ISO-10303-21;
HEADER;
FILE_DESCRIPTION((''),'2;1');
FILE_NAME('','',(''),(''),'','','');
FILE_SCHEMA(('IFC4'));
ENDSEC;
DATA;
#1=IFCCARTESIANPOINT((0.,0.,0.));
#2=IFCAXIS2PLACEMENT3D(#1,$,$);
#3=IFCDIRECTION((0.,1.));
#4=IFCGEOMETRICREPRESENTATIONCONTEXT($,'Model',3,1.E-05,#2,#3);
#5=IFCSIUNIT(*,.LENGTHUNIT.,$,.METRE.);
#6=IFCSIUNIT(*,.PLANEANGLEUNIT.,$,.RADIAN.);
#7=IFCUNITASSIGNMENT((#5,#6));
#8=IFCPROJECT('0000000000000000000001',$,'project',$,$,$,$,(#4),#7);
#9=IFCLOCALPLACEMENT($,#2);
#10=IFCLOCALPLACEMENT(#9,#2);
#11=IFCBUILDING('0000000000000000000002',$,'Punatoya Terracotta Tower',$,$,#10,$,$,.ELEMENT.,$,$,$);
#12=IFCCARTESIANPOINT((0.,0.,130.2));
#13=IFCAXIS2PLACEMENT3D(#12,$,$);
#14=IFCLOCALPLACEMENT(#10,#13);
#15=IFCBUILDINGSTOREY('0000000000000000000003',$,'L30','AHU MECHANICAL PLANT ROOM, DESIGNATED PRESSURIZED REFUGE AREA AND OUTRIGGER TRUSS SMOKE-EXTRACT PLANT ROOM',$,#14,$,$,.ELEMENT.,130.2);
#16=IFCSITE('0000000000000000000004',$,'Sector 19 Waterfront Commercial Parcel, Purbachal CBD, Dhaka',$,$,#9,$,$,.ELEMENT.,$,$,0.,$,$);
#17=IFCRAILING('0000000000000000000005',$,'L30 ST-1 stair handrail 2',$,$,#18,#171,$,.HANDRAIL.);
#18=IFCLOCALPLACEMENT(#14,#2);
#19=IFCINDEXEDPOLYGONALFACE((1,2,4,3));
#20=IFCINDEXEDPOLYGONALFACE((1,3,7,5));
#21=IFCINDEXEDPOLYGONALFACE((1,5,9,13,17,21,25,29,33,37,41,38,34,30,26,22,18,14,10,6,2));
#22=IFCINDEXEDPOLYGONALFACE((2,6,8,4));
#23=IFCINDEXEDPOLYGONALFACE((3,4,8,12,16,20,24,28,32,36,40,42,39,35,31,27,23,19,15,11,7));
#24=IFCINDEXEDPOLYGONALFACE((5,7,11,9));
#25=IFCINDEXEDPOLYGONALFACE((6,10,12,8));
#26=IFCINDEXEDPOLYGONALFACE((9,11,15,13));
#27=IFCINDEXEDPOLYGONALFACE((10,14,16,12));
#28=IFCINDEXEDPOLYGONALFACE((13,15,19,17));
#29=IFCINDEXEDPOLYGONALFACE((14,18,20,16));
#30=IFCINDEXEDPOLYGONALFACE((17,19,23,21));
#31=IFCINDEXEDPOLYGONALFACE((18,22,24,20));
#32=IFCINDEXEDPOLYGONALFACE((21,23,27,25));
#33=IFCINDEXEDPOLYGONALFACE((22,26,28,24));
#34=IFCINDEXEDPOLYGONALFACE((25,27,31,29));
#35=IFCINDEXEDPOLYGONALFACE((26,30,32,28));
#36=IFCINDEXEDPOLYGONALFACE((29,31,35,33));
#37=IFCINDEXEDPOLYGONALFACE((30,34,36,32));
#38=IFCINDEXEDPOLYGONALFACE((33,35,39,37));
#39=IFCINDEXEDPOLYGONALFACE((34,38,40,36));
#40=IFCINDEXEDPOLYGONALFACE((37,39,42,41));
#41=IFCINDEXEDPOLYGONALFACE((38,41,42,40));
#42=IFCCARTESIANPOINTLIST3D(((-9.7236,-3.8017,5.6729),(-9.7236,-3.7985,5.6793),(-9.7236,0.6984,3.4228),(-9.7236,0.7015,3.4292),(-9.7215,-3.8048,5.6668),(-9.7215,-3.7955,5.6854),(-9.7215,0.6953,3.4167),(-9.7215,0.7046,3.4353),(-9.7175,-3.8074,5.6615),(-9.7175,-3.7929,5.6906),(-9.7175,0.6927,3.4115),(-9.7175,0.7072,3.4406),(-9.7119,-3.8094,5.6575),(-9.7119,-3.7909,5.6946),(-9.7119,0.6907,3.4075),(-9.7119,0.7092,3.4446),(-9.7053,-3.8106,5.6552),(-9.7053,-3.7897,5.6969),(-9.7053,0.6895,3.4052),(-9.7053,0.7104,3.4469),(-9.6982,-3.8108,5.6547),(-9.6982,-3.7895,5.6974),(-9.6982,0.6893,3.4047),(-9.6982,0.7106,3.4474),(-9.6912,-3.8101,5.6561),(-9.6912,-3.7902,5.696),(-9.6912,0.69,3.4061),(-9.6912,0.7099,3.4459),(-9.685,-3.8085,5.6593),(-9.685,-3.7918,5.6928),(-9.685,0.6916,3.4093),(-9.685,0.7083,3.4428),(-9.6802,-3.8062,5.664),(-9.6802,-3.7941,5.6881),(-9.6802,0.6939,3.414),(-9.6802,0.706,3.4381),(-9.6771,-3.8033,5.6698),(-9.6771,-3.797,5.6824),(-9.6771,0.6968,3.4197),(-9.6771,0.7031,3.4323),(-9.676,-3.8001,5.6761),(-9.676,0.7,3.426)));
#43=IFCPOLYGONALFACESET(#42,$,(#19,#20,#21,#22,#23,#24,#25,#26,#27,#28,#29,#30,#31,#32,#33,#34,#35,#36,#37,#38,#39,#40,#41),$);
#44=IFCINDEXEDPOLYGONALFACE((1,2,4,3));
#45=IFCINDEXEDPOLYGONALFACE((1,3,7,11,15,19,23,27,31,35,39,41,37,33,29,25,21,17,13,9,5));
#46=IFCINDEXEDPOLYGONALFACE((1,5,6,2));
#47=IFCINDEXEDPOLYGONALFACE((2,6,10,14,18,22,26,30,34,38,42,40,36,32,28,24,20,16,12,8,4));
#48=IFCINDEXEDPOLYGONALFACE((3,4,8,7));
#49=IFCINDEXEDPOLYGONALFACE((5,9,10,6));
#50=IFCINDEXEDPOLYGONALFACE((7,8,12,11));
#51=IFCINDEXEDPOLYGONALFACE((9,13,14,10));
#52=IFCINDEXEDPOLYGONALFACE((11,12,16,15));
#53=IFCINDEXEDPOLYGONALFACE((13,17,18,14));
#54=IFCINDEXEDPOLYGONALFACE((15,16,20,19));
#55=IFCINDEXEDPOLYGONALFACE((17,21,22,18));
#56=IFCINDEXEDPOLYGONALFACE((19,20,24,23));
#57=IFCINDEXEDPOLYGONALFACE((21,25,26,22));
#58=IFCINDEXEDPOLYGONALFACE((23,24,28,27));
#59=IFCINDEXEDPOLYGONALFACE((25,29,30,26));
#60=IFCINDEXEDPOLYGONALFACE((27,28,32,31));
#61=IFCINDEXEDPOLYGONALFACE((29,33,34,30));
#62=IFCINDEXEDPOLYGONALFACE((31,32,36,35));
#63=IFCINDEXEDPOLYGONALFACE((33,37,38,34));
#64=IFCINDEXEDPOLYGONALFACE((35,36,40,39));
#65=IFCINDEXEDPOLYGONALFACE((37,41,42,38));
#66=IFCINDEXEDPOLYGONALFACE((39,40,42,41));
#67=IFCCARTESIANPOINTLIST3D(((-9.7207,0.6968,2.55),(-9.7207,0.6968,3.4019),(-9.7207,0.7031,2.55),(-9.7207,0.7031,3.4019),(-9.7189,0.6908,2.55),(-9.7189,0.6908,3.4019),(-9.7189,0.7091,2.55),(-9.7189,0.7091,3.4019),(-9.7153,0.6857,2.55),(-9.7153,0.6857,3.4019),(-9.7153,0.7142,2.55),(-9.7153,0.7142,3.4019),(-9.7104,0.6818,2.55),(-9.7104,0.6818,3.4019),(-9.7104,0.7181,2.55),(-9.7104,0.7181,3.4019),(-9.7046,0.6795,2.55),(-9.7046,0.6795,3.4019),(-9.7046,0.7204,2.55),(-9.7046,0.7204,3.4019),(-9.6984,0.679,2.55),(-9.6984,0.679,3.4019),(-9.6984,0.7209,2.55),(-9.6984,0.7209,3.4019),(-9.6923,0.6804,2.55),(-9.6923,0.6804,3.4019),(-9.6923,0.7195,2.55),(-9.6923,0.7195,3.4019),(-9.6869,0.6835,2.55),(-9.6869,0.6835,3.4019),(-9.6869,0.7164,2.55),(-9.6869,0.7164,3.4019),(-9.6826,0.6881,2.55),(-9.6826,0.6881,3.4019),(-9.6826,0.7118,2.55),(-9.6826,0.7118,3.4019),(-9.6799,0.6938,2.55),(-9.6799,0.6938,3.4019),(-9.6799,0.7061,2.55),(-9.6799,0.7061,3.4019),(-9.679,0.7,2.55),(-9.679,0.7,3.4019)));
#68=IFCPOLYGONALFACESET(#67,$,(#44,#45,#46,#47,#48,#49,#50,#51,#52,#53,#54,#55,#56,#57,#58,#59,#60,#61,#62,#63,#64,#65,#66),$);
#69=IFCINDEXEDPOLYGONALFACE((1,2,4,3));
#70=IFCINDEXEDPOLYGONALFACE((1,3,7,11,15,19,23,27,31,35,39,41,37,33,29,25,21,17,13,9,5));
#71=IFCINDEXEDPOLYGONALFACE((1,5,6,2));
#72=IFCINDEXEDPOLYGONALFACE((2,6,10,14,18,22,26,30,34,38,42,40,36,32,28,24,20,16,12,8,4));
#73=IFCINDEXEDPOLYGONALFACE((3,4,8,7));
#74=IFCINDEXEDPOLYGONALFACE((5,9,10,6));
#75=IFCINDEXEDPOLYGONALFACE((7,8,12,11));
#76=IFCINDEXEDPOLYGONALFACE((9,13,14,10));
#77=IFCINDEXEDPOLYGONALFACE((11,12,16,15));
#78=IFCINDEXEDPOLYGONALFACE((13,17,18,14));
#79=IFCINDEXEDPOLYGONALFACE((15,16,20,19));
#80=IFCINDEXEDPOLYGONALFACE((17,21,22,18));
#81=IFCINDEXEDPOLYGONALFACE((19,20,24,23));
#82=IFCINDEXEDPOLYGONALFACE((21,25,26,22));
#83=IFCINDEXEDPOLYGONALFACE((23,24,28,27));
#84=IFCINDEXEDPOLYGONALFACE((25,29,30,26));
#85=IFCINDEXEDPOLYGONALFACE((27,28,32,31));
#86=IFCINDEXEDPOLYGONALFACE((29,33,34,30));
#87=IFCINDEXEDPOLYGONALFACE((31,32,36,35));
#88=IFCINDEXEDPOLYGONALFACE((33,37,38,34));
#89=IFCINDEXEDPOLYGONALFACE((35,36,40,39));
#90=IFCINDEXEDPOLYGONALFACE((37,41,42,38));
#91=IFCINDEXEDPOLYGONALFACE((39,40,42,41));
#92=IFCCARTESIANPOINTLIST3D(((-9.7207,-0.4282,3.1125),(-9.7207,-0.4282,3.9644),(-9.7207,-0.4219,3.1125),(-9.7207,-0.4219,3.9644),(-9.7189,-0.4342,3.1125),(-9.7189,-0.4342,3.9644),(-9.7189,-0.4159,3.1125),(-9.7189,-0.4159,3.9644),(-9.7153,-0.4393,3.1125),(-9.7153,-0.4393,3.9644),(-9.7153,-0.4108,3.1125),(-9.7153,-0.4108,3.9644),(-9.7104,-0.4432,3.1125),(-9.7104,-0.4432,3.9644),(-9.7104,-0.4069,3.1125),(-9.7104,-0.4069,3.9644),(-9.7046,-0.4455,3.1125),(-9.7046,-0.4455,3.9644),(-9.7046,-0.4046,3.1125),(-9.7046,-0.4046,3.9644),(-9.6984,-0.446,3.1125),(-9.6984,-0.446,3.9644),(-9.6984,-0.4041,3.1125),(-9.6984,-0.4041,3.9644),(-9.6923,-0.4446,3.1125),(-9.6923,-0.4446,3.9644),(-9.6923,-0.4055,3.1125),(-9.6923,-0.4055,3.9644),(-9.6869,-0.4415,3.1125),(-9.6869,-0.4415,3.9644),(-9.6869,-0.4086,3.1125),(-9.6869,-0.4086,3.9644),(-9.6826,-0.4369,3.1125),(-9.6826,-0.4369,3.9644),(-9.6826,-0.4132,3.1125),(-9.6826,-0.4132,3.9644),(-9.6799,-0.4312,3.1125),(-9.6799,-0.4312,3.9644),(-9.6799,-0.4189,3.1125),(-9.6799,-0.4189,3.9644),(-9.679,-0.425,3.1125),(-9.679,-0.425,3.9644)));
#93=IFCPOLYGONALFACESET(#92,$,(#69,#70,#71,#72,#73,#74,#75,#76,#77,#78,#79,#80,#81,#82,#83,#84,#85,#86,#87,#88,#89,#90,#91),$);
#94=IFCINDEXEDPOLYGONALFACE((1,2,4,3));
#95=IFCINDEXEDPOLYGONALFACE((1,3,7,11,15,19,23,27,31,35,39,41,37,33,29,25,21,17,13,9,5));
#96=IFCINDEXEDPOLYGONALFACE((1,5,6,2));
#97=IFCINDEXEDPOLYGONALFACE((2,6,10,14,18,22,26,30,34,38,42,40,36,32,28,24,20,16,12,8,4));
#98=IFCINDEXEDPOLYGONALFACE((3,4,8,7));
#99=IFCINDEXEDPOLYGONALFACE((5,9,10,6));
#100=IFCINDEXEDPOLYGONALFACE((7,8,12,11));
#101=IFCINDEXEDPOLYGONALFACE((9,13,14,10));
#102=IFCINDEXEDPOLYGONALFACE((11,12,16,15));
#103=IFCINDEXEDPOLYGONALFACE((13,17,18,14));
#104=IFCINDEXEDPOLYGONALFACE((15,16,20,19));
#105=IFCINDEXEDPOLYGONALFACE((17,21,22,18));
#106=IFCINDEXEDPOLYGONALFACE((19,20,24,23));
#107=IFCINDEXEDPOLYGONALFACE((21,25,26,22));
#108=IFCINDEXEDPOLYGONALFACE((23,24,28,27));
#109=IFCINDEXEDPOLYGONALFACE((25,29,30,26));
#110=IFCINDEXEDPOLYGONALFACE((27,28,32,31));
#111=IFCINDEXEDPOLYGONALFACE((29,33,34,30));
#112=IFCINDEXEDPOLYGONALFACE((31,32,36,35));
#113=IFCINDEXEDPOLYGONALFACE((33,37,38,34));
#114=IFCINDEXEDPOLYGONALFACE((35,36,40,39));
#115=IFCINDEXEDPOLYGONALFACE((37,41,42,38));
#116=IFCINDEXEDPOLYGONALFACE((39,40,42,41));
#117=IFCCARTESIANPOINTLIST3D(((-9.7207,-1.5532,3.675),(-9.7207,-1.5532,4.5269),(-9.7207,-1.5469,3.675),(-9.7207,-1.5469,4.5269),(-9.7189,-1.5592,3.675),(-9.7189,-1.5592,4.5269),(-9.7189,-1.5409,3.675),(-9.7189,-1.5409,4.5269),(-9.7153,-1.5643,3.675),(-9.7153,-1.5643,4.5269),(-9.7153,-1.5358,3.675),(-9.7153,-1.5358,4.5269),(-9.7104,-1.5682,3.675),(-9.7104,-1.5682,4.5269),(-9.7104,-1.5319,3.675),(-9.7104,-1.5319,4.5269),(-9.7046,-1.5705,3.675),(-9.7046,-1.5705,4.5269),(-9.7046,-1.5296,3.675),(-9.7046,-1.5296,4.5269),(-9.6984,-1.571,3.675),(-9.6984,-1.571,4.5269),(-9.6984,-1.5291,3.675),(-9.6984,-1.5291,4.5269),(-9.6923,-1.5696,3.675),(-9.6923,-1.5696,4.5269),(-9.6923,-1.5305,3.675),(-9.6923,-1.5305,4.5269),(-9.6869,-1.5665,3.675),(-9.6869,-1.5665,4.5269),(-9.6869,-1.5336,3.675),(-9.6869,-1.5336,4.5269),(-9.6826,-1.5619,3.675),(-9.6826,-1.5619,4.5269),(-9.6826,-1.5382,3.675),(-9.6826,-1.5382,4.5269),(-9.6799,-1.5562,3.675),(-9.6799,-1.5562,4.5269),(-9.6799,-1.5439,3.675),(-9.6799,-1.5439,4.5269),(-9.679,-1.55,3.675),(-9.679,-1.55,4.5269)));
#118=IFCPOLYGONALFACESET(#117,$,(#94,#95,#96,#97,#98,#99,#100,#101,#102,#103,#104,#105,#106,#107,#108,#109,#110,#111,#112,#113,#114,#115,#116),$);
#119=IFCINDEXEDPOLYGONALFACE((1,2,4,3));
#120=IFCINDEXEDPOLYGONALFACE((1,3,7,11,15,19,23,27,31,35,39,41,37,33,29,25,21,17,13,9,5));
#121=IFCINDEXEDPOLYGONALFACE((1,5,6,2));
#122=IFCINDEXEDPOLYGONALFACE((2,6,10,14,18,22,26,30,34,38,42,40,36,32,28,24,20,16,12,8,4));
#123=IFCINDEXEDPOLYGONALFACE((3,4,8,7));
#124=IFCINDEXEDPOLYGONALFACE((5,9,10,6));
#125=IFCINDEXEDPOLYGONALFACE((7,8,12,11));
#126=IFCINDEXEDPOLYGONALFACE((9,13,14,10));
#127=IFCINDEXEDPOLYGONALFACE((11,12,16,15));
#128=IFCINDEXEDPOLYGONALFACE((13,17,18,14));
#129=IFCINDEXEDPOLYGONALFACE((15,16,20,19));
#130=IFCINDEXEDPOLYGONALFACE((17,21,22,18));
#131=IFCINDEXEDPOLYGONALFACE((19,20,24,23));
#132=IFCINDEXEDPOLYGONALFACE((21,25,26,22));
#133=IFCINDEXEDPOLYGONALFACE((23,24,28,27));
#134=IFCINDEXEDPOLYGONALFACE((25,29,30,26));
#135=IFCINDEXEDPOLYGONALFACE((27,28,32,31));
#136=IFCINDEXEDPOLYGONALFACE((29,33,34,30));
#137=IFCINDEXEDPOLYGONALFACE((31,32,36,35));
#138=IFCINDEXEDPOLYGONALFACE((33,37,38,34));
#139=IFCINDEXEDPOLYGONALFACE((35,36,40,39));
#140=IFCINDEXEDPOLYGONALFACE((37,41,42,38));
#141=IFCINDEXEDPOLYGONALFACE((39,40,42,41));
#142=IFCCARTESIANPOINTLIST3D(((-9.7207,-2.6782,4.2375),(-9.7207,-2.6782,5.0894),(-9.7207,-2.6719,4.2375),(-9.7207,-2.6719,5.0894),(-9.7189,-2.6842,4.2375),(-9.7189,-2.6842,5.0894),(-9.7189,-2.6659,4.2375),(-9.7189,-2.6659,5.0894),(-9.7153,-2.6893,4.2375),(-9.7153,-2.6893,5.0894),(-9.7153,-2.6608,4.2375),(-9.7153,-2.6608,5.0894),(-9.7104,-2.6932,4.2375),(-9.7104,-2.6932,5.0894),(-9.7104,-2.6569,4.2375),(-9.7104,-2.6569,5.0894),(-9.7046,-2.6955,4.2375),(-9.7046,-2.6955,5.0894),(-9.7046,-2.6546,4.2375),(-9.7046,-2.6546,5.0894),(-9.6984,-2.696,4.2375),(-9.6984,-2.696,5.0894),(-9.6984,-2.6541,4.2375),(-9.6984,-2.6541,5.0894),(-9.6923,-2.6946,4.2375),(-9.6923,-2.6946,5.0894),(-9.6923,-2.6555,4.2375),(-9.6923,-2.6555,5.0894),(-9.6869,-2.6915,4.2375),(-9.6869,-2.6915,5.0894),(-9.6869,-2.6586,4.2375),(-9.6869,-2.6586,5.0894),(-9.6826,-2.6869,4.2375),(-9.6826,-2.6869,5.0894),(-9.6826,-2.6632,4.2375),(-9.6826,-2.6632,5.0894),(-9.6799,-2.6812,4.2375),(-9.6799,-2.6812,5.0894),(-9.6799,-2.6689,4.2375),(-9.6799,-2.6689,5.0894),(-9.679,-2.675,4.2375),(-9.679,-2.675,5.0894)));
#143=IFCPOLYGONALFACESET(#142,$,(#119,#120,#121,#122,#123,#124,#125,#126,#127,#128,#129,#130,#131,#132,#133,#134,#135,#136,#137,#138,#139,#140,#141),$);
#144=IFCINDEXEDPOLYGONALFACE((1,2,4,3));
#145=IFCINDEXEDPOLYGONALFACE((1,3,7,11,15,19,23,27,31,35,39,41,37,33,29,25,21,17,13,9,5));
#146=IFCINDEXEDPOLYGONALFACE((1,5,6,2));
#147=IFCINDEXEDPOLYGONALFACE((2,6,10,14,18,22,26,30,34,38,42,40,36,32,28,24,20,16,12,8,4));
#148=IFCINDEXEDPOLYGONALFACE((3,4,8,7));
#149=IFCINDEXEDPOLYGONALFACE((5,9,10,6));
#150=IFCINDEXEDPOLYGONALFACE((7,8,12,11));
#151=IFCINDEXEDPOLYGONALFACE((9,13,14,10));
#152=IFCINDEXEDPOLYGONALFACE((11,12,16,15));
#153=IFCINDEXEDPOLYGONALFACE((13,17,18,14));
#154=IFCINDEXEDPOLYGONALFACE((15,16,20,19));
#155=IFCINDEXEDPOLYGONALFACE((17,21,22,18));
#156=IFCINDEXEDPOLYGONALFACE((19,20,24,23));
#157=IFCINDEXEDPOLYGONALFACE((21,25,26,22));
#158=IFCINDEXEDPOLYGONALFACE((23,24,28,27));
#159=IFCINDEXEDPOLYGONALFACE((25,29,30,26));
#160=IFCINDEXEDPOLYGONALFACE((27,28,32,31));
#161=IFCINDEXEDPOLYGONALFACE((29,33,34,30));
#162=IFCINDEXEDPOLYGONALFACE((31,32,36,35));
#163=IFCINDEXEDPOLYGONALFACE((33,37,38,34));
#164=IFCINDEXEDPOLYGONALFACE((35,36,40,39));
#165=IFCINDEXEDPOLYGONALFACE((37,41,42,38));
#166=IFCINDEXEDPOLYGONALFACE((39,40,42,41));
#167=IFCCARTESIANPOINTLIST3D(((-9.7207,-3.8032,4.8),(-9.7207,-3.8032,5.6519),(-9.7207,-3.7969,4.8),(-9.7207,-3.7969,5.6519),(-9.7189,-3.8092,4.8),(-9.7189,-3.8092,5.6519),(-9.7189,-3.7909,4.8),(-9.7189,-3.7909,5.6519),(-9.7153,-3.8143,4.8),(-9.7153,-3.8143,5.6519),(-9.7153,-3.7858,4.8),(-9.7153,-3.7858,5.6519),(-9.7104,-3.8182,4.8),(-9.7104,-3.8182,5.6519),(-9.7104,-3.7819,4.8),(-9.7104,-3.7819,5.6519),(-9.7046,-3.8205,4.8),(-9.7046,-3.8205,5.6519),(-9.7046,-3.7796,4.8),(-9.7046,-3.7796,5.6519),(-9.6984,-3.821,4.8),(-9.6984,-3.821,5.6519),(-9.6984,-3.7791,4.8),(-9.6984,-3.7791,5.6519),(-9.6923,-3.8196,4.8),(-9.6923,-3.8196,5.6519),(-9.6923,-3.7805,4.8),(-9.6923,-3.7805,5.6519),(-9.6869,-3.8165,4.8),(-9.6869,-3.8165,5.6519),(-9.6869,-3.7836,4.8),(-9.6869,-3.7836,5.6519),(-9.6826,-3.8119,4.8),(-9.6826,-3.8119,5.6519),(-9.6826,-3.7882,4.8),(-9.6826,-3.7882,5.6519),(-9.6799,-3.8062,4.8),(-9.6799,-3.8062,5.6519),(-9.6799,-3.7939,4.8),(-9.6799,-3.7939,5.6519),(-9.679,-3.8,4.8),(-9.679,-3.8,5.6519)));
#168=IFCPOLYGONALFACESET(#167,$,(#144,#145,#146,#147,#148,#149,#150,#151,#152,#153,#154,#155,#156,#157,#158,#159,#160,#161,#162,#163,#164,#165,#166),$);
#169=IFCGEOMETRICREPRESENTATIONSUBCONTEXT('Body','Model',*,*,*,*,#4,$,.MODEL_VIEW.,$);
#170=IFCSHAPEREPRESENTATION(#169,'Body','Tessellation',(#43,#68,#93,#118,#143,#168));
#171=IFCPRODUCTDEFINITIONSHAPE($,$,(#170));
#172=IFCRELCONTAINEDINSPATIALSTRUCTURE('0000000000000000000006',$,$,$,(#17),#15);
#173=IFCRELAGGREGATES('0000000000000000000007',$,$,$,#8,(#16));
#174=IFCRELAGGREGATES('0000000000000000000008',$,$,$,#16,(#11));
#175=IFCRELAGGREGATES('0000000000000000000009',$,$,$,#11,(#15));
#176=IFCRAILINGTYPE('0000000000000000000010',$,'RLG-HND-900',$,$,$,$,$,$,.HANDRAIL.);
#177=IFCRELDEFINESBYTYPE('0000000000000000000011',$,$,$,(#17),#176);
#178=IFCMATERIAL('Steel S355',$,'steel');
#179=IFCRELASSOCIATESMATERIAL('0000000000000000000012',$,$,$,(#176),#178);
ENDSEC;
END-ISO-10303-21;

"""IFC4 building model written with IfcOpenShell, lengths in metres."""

from ifc_helpers import new_model, si_unit, direction, frame, origin, origin_2d, place, context, subcontext, project, spatial, circle, extrude, material, type_object, element, save


model = new_model("IFC4")

# Units and contexts
model_context = context("Model", 3, precision=1e-05, world=origin(), true_north=direction((0.0, 1.0)))
body_context = subcontext(model_context, "Body", "Model", "MODEL_VIEW")
ifc_project = project(units=[si_unit("LENGTHUNIT", "METRE"), si_unit("PLANEANGLEUNIT", "RADIAN")], contexts=[model_context])

# Site, building, storey
site_placement = place(None, origin())
site = spatial("IfcSite", under=ifc_project, at=site_placement, Name="Sector 19 Waterfront Commercial Parcel, Purbachal CBD, Dhaka", CompositionType="ELEMENT", RefElevation=0.0)
building_placement = place(site_placement, origin())
building = spatial("IfcBuilding", under=site, at=building_placement, Name="Punatoya Terracotta Tower", CompositionType="ELEMENT")
storey_placement = place(building_placement, frame((0.0, 0.0, 130.2)))
storey = spatial("IfcBuildingStorey", under=building, at=storey_placement, Name="L30", Description="AHU MECHANICAL PLANT ROOM, DESIGNATED PRESSURIZED REFUGE AREA AND OUTRIGGER TRUSS SMOKE-EXTRACT PLANT ROOM", CompositionType="ELEMENT", Elevation=130.2)

# Shared definitions
ifc_material_1 = material(Name="Steel S355", Category="steel")

# Railing
railing_type_1 = type_object("IfcRailingType", Name="RLG-HND-900", PredefinedType="HANDRAIL", material=ifc_material_1)
railing_1_placement = place(storey_placement, frame((-9.7, 0.7, 2.55)))
element("IfcRailing", 1, at=railing_1_placement, inside=storey, type_object=railing_type_1, Name="L30 ST-1 stair handrail 2", PredefinedType="HANDRAIL", context=body_context, shape_type="SweptSolid", body=[
    extrude(circle(Radius=0.0239, at=origin_2d()), frame((0.0, 0.0, 0.876), z_axis=(0.0, -0.894427, 0.447214), x_axis=(1.0, 0.0, 0.0)), (0.0, 0.0, 1.0), 5.0312),
    extrude(circle(Radius=0.021, at=origin_2d()), origin(), (0.0, 0.0, 1.0), 0.8518),
    extrude(circle(Radius=0.021, at=origin_2d()), frame((0.0, -1.125, 0.5625)), (0.0, 0.0, 1.0), 0.8518),
    extrude(circle(Radius=0.021, at=origin_2d()), frame((0.0, -2.25, 1.125)), (0.0, 0.0, 1.0), 0.8518),
    extrude(circle(Radius=0.021, at=origin_2d()), frame((0.0, -3.375, 1.6875)), (0.0, 0.0, 1.0), 0.8518),
    extrude(circle(Radius=0.021, at=origin_2d()), frame((0.0, -4.5, 2.25)), (0.0, 0.0, 1.0), 0.8518),
])

save(model, "model.ifc")
